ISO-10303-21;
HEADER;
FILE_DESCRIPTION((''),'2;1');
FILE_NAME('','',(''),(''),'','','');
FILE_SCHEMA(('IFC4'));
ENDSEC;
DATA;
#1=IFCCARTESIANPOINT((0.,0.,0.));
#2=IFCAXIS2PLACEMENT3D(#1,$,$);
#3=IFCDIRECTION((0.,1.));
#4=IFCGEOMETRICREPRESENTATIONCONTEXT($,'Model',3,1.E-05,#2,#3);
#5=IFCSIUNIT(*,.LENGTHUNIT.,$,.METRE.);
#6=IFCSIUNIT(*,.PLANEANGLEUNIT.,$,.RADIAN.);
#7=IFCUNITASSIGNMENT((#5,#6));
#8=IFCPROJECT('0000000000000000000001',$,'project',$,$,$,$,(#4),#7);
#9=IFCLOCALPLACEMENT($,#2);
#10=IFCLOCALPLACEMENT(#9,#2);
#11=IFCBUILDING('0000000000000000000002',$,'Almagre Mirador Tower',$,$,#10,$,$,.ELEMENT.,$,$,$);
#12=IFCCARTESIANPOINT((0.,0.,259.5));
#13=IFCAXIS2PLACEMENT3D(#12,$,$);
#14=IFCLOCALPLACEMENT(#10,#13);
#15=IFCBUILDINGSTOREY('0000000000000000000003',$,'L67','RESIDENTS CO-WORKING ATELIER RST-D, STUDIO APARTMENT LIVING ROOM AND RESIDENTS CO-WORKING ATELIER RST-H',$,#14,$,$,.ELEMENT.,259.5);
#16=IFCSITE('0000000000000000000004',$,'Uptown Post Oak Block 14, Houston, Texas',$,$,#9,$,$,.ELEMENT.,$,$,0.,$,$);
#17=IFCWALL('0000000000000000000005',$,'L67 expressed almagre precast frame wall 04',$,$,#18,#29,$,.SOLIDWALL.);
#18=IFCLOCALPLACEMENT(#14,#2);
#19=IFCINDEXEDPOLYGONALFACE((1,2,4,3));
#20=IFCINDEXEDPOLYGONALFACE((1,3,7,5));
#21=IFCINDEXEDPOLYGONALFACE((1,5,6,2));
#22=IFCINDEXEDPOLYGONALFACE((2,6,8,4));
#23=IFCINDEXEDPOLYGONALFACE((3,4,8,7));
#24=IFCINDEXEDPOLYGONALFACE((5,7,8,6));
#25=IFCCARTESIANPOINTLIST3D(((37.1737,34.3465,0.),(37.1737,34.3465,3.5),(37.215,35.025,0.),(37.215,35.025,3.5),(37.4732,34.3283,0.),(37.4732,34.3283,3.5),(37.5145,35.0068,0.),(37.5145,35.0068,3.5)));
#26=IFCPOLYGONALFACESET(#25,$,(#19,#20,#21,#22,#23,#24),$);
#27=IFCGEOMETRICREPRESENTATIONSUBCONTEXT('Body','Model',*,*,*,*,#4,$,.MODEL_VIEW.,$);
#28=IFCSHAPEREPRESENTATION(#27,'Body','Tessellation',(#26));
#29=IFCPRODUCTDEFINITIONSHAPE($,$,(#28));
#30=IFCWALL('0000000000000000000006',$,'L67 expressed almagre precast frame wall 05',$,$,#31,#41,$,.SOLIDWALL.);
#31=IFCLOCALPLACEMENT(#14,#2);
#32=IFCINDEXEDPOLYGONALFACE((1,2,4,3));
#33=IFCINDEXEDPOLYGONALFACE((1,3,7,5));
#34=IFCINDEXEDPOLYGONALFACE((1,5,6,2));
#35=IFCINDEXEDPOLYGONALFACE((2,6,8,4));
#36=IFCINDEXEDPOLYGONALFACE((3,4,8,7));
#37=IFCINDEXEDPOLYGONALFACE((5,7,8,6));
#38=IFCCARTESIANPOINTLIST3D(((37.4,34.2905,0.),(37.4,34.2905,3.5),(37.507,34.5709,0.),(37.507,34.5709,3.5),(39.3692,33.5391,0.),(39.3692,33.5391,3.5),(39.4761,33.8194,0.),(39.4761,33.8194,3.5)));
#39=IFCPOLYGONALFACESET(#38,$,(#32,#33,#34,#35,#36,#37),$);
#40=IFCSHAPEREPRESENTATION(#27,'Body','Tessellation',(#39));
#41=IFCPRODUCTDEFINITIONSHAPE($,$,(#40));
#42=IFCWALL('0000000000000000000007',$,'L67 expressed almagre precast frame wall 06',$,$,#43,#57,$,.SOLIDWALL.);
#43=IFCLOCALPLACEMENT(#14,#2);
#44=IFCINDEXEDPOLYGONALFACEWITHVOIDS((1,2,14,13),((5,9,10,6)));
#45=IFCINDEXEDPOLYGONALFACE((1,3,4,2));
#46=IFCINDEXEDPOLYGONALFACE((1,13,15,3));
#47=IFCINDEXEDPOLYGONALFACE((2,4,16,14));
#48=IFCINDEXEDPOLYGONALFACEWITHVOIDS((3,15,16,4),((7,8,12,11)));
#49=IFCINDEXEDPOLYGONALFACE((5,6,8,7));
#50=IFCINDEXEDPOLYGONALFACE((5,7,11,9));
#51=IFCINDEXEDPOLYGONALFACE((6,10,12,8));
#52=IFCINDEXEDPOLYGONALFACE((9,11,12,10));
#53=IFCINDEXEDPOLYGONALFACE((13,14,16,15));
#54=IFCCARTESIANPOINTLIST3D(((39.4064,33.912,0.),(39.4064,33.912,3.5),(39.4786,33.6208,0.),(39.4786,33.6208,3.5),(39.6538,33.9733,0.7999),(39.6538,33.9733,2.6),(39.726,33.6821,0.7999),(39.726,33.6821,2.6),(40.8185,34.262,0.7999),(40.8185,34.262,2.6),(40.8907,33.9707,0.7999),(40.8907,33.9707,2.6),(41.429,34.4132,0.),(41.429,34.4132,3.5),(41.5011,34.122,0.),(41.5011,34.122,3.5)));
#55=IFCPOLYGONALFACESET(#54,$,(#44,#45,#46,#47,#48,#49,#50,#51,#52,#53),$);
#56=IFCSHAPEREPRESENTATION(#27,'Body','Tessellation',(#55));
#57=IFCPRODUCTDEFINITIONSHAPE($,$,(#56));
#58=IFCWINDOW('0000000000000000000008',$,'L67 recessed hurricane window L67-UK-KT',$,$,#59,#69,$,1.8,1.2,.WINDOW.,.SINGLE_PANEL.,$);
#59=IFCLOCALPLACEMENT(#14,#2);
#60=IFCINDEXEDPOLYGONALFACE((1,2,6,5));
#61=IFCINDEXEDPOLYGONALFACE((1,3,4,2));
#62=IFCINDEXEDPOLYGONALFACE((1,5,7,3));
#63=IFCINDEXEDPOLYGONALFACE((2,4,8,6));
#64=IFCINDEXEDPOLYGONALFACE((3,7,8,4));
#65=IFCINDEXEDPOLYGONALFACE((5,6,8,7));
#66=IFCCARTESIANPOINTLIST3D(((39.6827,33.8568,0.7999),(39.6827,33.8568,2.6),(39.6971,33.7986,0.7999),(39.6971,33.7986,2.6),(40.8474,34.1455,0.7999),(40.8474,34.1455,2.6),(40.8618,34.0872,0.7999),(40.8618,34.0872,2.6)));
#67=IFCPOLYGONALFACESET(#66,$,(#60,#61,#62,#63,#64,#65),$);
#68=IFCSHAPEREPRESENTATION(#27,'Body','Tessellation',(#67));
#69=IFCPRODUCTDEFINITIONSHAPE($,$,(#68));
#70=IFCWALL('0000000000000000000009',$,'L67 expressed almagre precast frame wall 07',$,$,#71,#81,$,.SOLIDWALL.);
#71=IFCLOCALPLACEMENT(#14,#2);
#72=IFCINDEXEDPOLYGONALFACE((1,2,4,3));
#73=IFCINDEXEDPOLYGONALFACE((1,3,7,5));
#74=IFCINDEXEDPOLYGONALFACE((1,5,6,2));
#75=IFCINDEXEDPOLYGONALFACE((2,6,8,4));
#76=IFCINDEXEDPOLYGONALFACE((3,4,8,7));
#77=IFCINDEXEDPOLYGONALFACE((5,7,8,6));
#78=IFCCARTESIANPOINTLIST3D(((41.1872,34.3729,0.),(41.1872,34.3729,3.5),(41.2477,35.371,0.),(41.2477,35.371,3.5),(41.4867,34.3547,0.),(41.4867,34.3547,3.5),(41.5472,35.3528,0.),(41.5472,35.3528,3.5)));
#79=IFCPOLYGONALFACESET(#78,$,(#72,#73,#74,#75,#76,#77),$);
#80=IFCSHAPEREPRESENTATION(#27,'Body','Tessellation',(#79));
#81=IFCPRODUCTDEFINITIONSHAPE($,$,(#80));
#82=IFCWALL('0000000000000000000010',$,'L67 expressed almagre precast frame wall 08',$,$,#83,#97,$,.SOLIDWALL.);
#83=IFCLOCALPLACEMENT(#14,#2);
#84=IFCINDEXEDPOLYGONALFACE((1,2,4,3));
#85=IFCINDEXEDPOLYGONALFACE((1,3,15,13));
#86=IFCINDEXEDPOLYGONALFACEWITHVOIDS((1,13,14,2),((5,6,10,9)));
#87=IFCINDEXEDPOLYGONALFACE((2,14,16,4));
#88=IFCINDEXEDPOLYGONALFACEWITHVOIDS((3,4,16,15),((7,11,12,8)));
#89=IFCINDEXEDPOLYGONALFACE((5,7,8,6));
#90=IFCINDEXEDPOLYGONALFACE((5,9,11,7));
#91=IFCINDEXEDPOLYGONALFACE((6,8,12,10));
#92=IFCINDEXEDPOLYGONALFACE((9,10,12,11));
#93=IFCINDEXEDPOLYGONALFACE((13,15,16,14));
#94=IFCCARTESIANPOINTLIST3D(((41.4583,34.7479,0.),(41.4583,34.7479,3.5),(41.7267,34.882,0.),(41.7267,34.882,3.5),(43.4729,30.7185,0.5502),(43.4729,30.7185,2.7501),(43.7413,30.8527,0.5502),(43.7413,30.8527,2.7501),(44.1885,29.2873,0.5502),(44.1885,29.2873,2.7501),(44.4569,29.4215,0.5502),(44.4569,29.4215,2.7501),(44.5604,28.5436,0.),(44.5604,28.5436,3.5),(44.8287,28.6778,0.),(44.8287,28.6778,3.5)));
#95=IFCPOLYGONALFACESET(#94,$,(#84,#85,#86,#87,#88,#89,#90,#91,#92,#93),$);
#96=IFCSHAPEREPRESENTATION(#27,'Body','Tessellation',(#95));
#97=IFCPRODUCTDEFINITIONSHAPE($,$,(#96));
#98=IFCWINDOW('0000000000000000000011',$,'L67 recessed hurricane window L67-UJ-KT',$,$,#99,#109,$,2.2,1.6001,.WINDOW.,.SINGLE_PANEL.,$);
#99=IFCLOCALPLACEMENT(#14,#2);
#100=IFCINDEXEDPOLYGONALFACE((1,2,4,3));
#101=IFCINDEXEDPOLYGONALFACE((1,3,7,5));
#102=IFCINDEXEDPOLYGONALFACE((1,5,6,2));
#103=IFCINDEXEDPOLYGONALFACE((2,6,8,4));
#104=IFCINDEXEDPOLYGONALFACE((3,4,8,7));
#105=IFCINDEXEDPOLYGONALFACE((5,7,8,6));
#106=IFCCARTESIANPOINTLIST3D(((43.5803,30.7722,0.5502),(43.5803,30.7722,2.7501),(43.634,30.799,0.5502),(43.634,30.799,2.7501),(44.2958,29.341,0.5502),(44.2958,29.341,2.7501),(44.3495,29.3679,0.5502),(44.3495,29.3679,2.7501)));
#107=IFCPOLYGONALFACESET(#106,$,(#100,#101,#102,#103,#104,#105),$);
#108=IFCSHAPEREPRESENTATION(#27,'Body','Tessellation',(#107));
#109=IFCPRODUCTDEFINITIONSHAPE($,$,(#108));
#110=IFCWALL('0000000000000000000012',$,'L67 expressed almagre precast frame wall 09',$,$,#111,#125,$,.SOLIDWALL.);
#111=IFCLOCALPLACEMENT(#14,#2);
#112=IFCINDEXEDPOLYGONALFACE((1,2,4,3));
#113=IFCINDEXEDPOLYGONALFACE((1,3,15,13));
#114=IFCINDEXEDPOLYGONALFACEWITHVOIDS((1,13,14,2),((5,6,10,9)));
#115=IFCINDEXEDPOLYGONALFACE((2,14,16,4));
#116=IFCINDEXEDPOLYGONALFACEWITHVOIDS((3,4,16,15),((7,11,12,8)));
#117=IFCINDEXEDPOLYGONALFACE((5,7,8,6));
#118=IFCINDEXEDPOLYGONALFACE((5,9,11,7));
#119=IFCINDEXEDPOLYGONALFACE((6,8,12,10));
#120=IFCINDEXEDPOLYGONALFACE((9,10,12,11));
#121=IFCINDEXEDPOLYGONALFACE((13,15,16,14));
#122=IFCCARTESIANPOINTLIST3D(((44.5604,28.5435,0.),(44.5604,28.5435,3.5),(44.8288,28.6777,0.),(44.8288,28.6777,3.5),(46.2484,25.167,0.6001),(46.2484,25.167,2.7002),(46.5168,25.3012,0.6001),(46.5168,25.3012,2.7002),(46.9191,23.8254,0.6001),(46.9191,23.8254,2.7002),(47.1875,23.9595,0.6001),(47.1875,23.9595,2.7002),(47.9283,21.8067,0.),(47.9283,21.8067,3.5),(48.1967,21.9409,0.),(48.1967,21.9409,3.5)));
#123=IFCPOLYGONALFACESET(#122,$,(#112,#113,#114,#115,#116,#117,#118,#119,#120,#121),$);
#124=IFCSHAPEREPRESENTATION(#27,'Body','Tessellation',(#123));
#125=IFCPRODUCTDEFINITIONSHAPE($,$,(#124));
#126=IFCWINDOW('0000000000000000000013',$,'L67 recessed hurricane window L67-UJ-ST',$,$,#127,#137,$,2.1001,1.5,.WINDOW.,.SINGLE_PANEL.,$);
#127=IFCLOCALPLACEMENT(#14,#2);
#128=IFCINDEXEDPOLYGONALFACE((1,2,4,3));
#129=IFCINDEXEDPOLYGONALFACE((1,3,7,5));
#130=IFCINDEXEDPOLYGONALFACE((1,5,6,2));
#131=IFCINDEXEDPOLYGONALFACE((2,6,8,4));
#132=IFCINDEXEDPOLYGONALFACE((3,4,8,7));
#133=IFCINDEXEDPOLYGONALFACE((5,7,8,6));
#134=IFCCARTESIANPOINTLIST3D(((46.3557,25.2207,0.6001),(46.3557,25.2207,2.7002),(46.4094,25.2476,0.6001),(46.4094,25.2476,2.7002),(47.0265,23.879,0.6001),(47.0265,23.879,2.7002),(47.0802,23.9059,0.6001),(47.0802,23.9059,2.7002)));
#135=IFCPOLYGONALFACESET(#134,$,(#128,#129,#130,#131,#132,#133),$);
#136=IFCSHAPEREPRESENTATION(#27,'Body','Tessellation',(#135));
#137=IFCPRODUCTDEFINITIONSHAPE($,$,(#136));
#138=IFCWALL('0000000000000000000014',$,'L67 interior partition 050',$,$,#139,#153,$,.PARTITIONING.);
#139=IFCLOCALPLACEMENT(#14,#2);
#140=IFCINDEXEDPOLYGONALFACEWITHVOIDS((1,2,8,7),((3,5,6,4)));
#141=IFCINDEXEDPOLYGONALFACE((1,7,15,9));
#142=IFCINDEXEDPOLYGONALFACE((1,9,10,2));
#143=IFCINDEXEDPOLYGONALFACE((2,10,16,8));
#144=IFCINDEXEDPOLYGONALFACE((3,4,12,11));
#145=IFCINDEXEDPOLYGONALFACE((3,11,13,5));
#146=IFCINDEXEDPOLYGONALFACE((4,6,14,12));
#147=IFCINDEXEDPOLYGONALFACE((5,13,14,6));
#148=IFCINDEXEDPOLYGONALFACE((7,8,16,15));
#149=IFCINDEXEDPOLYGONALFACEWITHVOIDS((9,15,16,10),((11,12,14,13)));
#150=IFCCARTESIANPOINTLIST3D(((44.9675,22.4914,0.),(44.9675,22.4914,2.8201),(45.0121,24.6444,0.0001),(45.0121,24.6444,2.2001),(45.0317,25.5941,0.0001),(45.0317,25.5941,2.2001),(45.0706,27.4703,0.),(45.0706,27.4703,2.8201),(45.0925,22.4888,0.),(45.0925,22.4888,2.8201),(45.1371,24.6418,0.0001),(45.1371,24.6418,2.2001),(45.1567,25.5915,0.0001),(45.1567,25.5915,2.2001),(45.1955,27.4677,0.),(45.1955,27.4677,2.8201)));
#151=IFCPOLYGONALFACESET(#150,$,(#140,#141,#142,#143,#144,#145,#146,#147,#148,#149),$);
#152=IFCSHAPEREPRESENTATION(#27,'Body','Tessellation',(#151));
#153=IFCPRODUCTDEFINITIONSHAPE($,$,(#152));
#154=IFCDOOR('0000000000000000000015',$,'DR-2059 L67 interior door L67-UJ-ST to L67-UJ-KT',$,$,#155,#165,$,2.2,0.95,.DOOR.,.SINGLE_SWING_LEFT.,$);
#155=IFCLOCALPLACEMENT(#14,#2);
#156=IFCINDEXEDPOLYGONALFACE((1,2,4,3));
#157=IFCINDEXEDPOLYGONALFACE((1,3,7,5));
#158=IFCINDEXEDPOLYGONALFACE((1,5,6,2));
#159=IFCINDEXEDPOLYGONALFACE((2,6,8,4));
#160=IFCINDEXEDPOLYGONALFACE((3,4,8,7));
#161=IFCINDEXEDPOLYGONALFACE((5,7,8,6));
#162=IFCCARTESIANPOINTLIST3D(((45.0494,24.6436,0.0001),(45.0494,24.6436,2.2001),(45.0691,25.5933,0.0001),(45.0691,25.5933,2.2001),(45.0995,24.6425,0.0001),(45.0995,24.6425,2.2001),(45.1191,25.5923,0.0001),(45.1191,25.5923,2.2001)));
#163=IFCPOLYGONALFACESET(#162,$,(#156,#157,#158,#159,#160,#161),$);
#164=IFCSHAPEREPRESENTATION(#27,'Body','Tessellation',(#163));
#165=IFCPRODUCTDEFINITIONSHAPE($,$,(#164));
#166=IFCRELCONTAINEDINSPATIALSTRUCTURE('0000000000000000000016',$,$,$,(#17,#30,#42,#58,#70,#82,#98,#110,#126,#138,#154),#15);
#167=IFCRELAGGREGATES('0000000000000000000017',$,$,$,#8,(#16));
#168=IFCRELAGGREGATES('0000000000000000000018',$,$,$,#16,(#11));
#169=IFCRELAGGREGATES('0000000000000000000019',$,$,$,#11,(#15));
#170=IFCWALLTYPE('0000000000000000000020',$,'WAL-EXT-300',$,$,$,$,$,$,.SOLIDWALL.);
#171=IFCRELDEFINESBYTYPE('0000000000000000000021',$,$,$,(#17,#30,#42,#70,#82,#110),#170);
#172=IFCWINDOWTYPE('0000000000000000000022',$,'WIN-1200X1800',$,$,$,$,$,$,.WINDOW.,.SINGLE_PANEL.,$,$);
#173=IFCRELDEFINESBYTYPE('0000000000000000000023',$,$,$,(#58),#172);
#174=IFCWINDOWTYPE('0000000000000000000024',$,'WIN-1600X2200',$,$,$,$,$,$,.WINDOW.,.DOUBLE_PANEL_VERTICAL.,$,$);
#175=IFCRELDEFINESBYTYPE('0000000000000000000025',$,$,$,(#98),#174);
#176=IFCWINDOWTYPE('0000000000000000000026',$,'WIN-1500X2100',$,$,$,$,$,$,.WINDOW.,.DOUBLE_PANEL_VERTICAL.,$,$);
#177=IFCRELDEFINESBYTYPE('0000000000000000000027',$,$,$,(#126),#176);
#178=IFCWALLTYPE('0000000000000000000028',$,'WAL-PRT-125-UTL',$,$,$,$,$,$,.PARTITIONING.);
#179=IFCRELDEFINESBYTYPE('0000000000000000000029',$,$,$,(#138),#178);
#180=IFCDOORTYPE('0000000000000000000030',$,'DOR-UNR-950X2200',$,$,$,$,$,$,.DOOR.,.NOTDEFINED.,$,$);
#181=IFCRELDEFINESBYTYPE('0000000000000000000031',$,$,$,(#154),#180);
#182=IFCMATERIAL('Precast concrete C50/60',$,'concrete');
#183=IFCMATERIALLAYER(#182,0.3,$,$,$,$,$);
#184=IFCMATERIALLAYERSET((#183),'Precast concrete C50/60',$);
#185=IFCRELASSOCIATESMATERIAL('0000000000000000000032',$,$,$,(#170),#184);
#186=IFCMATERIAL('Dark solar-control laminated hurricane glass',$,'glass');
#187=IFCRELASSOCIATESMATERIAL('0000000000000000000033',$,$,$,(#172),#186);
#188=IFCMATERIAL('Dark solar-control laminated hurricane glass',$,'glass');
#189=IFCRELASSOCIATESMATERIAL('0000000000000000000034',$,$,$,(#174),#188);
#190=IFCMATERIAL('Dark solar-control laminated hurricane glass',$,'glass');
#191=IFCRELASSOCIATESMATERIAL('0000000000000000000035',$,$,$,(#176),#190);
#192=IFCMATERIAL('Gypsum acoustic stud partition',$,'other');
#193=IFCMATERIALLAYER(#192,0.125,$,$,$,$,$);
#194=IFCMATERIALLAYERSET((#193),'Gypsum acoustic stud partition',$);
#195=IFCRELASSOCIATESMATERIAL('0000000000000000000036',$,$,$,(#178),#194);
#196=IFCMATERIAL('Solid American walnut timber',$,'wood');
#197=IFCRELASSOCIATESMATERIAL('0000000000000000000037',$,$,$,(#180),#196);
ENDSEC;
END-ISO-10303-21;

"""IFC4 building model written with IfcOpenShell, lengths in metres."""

from ifc_helpers import new_model, si_unit, direction, frame, frame_2d, origin, place, context, subcontext, project, spatial, rectangle, extrude, material, layer, layer_set, type_object, element, fill, save


model = new_model("IFC4")

# Units and contexts
model_context = context("Model", 3, precision=1e-05, world=origin(), true_north=direction((0.0, 1.0)))
body_context = subcontext(model_context, "Body", "Model", "MODEL_VIEW")
ifc_project = project(units=[si_unit("LENGTHUNIT", "METRE"), si_unit("PLANEANGLEUNIT", "RADIAN")], contexts=[model_context])

# Site, building, storey
site_placement = place(None, origin())
site = spatial("IfcSite", under=ifc_project, at=site_placement, Name="Uptown Post Oak Block 14, Houston, Texas", CompositionType="ELEMENT", RefElevation=0.0)
building_placement = place(site_placement, origin())
building = spatial("IfcBuilding", under=site, at=building_placement, Name="Almagre Mirador Tower", CompositionType="ELEMENT")
storey_placement = place(building_placement, frame((0.0, 0.0, 259.5)))
storey = spatial("IfcBuildingStorey", under=building, at=storey_placement, Name="L67", Description="RESIDENTS CO-WORKING ATELIER RST-D, STUDIO APARTMENT LIVING ROOM AND RESIDENTS CO-WORKING ATELIER RST-H", CompositionType="ELEMENT", Elevation=259.5)

# Walls
ifc_material_1 = material(Name="Precast concrete C50/60", Category="concrete")
ifc_layer_1 = layer(ifc_material_1, 0.3)
ifc_layer_set_1 = layer_set([ifc_layer_1], Name="Precast concrete C50/60")
wall_type_1 = type_object("IfcWallType", Name="WAL-EXT-300", PredefinedType="SOLIDWALL", material=ifc_layer_set_1)
wall_1_placement = place(storey_placement, frame((37.3647, 35.0159, 0.0), z_axis=(0.0, 0.0, 1.0), x_axis=(-0.060701, -0.998156, 0.0)))
element("IfcWall", 1, at=wall_1_placement, inside=storey, type_object=wall_type_1, Name="L67 expressed almagre precast frame wall 04", PredefinedType="SOLIDWALL", context=body_context, shape_type="SweptSolid", body=[
    extrude(rectangle(XDim=0.6797, YDim=0.3, at=frame_2d((0.3398, 0.0))), origin(), (0.0, 0.0, 1.0), 3.5),
])
wall_2_placement = place(storey_placement, frame((37.4536, 34.4307, 0.0), z_axis=(0.0, 0.0, 1.0), x_axis=(0.934286, -0.356525, 0.0)))
element("IfcWall", 2, at=wall_2_placement, inside=storey, type_object=wall_type_1, Name="L67 expressed almagre precast frame wall 05", PredefinedType="SOLIDWALL", context=body_context, shape_type="SweptSolid", body=[
    extrude(rectangle(XDim=2.1077, YDim=0.3, at=frame_2d((1.0537, 0.0))), origin(), (0.0, 0.0, 1.0), 3.5),
])

# Wall, opening, window
wall_3_placement = place(storey_placement, frame((39.4424, 33.7664, 0.0), z_axis=(0.0, 0.0, 1.0), x_axis=(0.970637, 0.24055, 0.0)))
wall_3 = element("IfcWall", 3, at=wall_3_placement, inside=storey, type_object=wall_type_1, Name="L67 expressed almagre precast frame wall 06", PredefinedType="SOLIDWALL", context=body_context, shape_type="SweptSolid", body=[
    extrude(rectangle(XDim=2.0837, YDim=0.3, at=frame_2d((1.042, 0.0))), origin(), (0.0, 0.0, 1.0), 3.5),
])
opening_1_placement = place(wall_3_placement, frame((0.2549, 0.0, 0.8)))
opening_1 = element("IfcOpeningElement", 4, at=opening_1_placement, cuts=wall_3, PredefinedType="OPENING", context=body_context, shape_type="SweptSolid", body=[
    extrude(rectangle(XDim=1.2, YDim=1.8, at=frame_2d((0.6001, 0.8999))), frame((0.0, 0.1599, 0.0), z_axis=(0.0, -1.0, 0.0), x_axis=(1.0, 0.0, 0.0)), (0.0, 0.0, 1.0), 0.32),
])
ifc_material_2 = material(Name="Dark solar-control laminated hurricane glass", Category="glass")
window_type_1 = type_object("IfcWindowType", Name="WIN-1200X1800", PartitioningType="SINGLE_PANEL", PredefinedType="WINDOW", material=ifc_material_2)
window_1_placement = place(opening_1_placement, origin())
window_1 = element("IfcWindow", 5, at=window_1_placement, inside=storey, type_object=window_type_1, Name="L67 recessed hurricane window L67-UK-KT", OverallHeight=1.8, OverallWidth=1.2, PartitioningType="SINGLE_PANEL", PredefinedType="WINDOW", context=body_context, shape_type="SweptSolid", body=[
    extrude(rectangle(XDim=1.2, YDim=1.8, at=frame_2d((0.6001, 0.8999))), frame((0.0, 0.03, 0.0), z_axis=(0.0, -1.0, 0.0), x_axis=(1.0, 0.0, 0.0)), (0.0, 0.0, 1.0), 0.0601),
])
fill(opening_1, window_1)

# Wall
wall_4_placement = place(storey_placement, frame((41.3369, 34.3638, 0.0), z_axis=(0.0, 0.0, 1.0), x_axis=(0.060554, 0.998165, 0.0)))
element("IfcWall", 6, at=wall_4_placement, inside=storey, type_object=wall_type_1, Name="L67 expressed almagre precast frame wall 07", PredefinedType="SOLIDWALL", context=body_context, shape_type="SweptSolid", body=[
    extrude(rectangle(XDim=1.0, YDim=0.3, at=frame_2d((0.5, 0.0))), origin(), (0.0, 0.0, 1.0), 3.5),
])

# Walls, openings, windows
wall_5_placement = place(storey_placement, frame((41.5925, 34.8149, 0.0), z_axis=(0.0, 0.0, 1.0), x_axis=(0.4472, -0.894434, 0.0)))
wall_5 = element("IfcWall", 7, at=wall_5_placement, inside=storey, type_object=wall_type_1, Name="L67 expressed almagre precast frame wall 08", PredefinedType="SOLIDWALL", context=body_context, shape_type="SweptSolid", body=[
    extrude(rectangle(XDim=6.9365, YDim=0.3, at=frame_2d((3.4683, 0.0))), origin(), (0.0, 0.0, 1.0), 3.5),
])
opening_2_placement = place(wall_5_placement, frame((4.5049, 0.0, 0.55)))
opening_2 = element("IfcOpeningElement", 8, at=opening_2_placement, cuts=wall_5, PredefinedType="OPENING", context=body_context, shape_type="SweptSolid", body=[
    extrude(rectangle(XDim=1.6001, YDim=2.2, at=frame_2d((0.8, 1.1001))), frame((0.0, 0.1599, 0.0), z_axis=(0.0, -1.0, 0.0), x_axis=(1.0, 0.0, 0.0)), (0.0, 0.0, 1.0), 0.32),
])
ifc_material_3 = material(Name="Dark solar-control laminated hurricane glass", Category="glass")
window_type_2 = type_object("IfcWindowType", Name="WIN-1600X2200", PartitioningType="DOUBLE_PANEL_VERTICAL", PredefinedType="WINDOW", material=ifc_material_3)
window_2_placement = place(opening_2_placement, origin())
window_2 = element("IfcWindow", 9, at=window_2_placement, inside=storey, type_object=window_type_2, Name="L67 recessed hurricane window L67-UJ-KT", OverallHeight=2.2, OverallWidth=1.6001, PartitioningType="SINGLE_PANEL", PredefinedType="WINDOW", context=body_context, shape_type="SweptSolid", body=[
    extrude(rectangle(XDim=1.6001, YDim=2.2, at=frame_2d((0.8, 1.1001))), frame((0.0, 0.03, 0.0), z_axis=(0.0, -1.0, 0.0), x_axis=(1.0, 0.0, 0.0)), (0.0, 0.0, 1.0), 0.0601),
])
fill(opening_2, window_2)
wall_6_placement = place(storey_placement, frame((44.6946, 28.6106, 0.0), z_axis=(0.0, 0.0, 1.0), x_axis=(0.447162, -0.894453, 0.0)))
wall_6 = element("IfcWall", 10, at=wall_6_placement, inside=storey, type_object=wall_type_1, Name="L67 expressed almagre precast frame wall 09", PredefinedType="SOLIDWALL", context=body_context, shape_type="SweptSolid", body=[
    extrude(rectangle(XDim=7.5317, YDim=0.3, at=frame_2d((3.7659, 0.0))), origin(), (0.0, 0.0, 1.0), 3.5),
])
opening_3_placement = place(wall_6_placement, frame((3.7749, 0.0, 0.6001)))
opening_3 = element("IfcOpeningElement", 11, at=opening_3_placement, cuts=wall_6, PredefinedType="OPENING", context=body_context, shape_type="SweptSolid", body=[
    extrude(rectangle(XDim=1.5, YDim=2.1001, at=frame_2d((0.75, 1.05))), frame((0.0, 0.1599, 0.0), z_axis=(0.0, -1.0, 0.0), x_axis=(1.0, 0.0, 0.0)), (0.0, 0.0, 1.0), 0.32),
])
ifc_material_4 = material(Name="Dark solar-control laminated hurricane glass", Category="glass")
window_type_3 = type_object("IfcWindowType", Name="WIN-1500X2100", PartitioningType="DOUBLE_PANEL_VERTICAL", PredefinedType="WINDOW", material=ifc_material_4)
window_3_placement = place(opening_3_placement, origin())
window_3 = element("IfcWindow", 12, at=window_3_placement, inside=storey, type_object=window_type_3, Name="L67 recessed hurricane window L67-UJ-ST", OverallHeight=2.1001, OverallWidth=1.5, PartitioningType="SINGLE_PANEL", PredefinedType="WINDOW", context=body_context, shape_type="SweptSolid", body=[
    extrude(rectangle(XDim=1.5, YDim=2.1001, at=frame_2d((0.75, 1.05))), frame((0.0, 0.03, 0.0), z_axis=(0.0, -1.0, 0.0), x_axis=(1.0, 0.0, 0.0)), (0.0, 0.0, 1.0), 0.0601),
])
fill(opening_3, window_3)

# Wall, opening, door
ifc_material_5 = material(Name="Gypsum acoustic stud partition", Category="other")
ifc_layer_2 = layer(ifc_material_5, 0.125)
ifc_layer_set_2 = layer_set([ifc_layer_2], Name="Gypsum acoustic stud partition")
wall_type_2 = type_object("IfcWallType", Name="WAL-PRT-125-UTL", PredefinedType="PARTITIONING", material=ifc_layer_set_2)
wall_7_placement = place(storey_placement, frame((45.1331, 27.469, 0.0), z_axis=(0.0, 0.0, 1.0), x_axis=(-0.020688, -0.999786, 0.0)))
wall_7 = element("IfcWall", 13, at=wall_7_placement, inside=storey, type_object=wall_type_2, Name="L67 interior partition 050", PredefinedType="PARTITIONING", context=body_context, shape_type="SweptSolid", body=[
    extrude(rectangle(XDim=4.98, YDim=0.125, at=frame_2d((2.49, 0.0))), origin(), (0.0, 0.0, 1.0), 2.8201),
])
opening_4_placement = place(wall_7_placement, frame((1.8765, 0.0, 0.0)))
opening_4 = element("IfcOpeningElement", 14, at=opening_4_placement, cuts=wall_7, PredefinedType="OPENING", context=body_context, shape_type="SweptSolid", body=[
    extrude(rectangle(XDim=0.95, YDim=2.2, at=frame_2d((0.4751, 1.1001))), frame((0.0, 0.0725, 0.0), z_axis=(0.0, -1.0, 0.0), x_axis=(1.0, 0.0, 0.0)), (0.0, 0.0, 1.0), 0.145),
])
ifc_material_6 = material(Name="Solid American walnut timber", Category="wood")
door_type_1 = type_object("IfcDoorType", Name="DOR-UNR-950X2200", OperationType="NOTDEFINED", PredefinedType="DOOR", material=ifc_material_6)
door_1_placement = place(opening_4_placement, origin())
door_1 = element("IfcDoor", 15, at=door_1_placement, inside=storey, type_object=door_type_1, Name="DR-2059 L67 interior door L67-UJ-ST to L67-UJ-KT", OperationType="SINGLE_SWING_LEFT", OverallHeight=2.2, OverallWidth=0.95, PredefinedType="DOOR", context=body_context, shape_type="SweptSolid", body=[
    extrude(rectangle(XDim=0.95, YDim=2.2, at=frame_2d((0.4751, 1.1001))), frame((0.0, 0.0249, 0.0), z_axis=(0.0, -1.0, 0.0), x_axis=(1.0, 0.0, 0.0)), (0.0, 0.0, 1.0), 0.05),
])
fill(opening_4, door_1)

save(model, "model.ifc")
